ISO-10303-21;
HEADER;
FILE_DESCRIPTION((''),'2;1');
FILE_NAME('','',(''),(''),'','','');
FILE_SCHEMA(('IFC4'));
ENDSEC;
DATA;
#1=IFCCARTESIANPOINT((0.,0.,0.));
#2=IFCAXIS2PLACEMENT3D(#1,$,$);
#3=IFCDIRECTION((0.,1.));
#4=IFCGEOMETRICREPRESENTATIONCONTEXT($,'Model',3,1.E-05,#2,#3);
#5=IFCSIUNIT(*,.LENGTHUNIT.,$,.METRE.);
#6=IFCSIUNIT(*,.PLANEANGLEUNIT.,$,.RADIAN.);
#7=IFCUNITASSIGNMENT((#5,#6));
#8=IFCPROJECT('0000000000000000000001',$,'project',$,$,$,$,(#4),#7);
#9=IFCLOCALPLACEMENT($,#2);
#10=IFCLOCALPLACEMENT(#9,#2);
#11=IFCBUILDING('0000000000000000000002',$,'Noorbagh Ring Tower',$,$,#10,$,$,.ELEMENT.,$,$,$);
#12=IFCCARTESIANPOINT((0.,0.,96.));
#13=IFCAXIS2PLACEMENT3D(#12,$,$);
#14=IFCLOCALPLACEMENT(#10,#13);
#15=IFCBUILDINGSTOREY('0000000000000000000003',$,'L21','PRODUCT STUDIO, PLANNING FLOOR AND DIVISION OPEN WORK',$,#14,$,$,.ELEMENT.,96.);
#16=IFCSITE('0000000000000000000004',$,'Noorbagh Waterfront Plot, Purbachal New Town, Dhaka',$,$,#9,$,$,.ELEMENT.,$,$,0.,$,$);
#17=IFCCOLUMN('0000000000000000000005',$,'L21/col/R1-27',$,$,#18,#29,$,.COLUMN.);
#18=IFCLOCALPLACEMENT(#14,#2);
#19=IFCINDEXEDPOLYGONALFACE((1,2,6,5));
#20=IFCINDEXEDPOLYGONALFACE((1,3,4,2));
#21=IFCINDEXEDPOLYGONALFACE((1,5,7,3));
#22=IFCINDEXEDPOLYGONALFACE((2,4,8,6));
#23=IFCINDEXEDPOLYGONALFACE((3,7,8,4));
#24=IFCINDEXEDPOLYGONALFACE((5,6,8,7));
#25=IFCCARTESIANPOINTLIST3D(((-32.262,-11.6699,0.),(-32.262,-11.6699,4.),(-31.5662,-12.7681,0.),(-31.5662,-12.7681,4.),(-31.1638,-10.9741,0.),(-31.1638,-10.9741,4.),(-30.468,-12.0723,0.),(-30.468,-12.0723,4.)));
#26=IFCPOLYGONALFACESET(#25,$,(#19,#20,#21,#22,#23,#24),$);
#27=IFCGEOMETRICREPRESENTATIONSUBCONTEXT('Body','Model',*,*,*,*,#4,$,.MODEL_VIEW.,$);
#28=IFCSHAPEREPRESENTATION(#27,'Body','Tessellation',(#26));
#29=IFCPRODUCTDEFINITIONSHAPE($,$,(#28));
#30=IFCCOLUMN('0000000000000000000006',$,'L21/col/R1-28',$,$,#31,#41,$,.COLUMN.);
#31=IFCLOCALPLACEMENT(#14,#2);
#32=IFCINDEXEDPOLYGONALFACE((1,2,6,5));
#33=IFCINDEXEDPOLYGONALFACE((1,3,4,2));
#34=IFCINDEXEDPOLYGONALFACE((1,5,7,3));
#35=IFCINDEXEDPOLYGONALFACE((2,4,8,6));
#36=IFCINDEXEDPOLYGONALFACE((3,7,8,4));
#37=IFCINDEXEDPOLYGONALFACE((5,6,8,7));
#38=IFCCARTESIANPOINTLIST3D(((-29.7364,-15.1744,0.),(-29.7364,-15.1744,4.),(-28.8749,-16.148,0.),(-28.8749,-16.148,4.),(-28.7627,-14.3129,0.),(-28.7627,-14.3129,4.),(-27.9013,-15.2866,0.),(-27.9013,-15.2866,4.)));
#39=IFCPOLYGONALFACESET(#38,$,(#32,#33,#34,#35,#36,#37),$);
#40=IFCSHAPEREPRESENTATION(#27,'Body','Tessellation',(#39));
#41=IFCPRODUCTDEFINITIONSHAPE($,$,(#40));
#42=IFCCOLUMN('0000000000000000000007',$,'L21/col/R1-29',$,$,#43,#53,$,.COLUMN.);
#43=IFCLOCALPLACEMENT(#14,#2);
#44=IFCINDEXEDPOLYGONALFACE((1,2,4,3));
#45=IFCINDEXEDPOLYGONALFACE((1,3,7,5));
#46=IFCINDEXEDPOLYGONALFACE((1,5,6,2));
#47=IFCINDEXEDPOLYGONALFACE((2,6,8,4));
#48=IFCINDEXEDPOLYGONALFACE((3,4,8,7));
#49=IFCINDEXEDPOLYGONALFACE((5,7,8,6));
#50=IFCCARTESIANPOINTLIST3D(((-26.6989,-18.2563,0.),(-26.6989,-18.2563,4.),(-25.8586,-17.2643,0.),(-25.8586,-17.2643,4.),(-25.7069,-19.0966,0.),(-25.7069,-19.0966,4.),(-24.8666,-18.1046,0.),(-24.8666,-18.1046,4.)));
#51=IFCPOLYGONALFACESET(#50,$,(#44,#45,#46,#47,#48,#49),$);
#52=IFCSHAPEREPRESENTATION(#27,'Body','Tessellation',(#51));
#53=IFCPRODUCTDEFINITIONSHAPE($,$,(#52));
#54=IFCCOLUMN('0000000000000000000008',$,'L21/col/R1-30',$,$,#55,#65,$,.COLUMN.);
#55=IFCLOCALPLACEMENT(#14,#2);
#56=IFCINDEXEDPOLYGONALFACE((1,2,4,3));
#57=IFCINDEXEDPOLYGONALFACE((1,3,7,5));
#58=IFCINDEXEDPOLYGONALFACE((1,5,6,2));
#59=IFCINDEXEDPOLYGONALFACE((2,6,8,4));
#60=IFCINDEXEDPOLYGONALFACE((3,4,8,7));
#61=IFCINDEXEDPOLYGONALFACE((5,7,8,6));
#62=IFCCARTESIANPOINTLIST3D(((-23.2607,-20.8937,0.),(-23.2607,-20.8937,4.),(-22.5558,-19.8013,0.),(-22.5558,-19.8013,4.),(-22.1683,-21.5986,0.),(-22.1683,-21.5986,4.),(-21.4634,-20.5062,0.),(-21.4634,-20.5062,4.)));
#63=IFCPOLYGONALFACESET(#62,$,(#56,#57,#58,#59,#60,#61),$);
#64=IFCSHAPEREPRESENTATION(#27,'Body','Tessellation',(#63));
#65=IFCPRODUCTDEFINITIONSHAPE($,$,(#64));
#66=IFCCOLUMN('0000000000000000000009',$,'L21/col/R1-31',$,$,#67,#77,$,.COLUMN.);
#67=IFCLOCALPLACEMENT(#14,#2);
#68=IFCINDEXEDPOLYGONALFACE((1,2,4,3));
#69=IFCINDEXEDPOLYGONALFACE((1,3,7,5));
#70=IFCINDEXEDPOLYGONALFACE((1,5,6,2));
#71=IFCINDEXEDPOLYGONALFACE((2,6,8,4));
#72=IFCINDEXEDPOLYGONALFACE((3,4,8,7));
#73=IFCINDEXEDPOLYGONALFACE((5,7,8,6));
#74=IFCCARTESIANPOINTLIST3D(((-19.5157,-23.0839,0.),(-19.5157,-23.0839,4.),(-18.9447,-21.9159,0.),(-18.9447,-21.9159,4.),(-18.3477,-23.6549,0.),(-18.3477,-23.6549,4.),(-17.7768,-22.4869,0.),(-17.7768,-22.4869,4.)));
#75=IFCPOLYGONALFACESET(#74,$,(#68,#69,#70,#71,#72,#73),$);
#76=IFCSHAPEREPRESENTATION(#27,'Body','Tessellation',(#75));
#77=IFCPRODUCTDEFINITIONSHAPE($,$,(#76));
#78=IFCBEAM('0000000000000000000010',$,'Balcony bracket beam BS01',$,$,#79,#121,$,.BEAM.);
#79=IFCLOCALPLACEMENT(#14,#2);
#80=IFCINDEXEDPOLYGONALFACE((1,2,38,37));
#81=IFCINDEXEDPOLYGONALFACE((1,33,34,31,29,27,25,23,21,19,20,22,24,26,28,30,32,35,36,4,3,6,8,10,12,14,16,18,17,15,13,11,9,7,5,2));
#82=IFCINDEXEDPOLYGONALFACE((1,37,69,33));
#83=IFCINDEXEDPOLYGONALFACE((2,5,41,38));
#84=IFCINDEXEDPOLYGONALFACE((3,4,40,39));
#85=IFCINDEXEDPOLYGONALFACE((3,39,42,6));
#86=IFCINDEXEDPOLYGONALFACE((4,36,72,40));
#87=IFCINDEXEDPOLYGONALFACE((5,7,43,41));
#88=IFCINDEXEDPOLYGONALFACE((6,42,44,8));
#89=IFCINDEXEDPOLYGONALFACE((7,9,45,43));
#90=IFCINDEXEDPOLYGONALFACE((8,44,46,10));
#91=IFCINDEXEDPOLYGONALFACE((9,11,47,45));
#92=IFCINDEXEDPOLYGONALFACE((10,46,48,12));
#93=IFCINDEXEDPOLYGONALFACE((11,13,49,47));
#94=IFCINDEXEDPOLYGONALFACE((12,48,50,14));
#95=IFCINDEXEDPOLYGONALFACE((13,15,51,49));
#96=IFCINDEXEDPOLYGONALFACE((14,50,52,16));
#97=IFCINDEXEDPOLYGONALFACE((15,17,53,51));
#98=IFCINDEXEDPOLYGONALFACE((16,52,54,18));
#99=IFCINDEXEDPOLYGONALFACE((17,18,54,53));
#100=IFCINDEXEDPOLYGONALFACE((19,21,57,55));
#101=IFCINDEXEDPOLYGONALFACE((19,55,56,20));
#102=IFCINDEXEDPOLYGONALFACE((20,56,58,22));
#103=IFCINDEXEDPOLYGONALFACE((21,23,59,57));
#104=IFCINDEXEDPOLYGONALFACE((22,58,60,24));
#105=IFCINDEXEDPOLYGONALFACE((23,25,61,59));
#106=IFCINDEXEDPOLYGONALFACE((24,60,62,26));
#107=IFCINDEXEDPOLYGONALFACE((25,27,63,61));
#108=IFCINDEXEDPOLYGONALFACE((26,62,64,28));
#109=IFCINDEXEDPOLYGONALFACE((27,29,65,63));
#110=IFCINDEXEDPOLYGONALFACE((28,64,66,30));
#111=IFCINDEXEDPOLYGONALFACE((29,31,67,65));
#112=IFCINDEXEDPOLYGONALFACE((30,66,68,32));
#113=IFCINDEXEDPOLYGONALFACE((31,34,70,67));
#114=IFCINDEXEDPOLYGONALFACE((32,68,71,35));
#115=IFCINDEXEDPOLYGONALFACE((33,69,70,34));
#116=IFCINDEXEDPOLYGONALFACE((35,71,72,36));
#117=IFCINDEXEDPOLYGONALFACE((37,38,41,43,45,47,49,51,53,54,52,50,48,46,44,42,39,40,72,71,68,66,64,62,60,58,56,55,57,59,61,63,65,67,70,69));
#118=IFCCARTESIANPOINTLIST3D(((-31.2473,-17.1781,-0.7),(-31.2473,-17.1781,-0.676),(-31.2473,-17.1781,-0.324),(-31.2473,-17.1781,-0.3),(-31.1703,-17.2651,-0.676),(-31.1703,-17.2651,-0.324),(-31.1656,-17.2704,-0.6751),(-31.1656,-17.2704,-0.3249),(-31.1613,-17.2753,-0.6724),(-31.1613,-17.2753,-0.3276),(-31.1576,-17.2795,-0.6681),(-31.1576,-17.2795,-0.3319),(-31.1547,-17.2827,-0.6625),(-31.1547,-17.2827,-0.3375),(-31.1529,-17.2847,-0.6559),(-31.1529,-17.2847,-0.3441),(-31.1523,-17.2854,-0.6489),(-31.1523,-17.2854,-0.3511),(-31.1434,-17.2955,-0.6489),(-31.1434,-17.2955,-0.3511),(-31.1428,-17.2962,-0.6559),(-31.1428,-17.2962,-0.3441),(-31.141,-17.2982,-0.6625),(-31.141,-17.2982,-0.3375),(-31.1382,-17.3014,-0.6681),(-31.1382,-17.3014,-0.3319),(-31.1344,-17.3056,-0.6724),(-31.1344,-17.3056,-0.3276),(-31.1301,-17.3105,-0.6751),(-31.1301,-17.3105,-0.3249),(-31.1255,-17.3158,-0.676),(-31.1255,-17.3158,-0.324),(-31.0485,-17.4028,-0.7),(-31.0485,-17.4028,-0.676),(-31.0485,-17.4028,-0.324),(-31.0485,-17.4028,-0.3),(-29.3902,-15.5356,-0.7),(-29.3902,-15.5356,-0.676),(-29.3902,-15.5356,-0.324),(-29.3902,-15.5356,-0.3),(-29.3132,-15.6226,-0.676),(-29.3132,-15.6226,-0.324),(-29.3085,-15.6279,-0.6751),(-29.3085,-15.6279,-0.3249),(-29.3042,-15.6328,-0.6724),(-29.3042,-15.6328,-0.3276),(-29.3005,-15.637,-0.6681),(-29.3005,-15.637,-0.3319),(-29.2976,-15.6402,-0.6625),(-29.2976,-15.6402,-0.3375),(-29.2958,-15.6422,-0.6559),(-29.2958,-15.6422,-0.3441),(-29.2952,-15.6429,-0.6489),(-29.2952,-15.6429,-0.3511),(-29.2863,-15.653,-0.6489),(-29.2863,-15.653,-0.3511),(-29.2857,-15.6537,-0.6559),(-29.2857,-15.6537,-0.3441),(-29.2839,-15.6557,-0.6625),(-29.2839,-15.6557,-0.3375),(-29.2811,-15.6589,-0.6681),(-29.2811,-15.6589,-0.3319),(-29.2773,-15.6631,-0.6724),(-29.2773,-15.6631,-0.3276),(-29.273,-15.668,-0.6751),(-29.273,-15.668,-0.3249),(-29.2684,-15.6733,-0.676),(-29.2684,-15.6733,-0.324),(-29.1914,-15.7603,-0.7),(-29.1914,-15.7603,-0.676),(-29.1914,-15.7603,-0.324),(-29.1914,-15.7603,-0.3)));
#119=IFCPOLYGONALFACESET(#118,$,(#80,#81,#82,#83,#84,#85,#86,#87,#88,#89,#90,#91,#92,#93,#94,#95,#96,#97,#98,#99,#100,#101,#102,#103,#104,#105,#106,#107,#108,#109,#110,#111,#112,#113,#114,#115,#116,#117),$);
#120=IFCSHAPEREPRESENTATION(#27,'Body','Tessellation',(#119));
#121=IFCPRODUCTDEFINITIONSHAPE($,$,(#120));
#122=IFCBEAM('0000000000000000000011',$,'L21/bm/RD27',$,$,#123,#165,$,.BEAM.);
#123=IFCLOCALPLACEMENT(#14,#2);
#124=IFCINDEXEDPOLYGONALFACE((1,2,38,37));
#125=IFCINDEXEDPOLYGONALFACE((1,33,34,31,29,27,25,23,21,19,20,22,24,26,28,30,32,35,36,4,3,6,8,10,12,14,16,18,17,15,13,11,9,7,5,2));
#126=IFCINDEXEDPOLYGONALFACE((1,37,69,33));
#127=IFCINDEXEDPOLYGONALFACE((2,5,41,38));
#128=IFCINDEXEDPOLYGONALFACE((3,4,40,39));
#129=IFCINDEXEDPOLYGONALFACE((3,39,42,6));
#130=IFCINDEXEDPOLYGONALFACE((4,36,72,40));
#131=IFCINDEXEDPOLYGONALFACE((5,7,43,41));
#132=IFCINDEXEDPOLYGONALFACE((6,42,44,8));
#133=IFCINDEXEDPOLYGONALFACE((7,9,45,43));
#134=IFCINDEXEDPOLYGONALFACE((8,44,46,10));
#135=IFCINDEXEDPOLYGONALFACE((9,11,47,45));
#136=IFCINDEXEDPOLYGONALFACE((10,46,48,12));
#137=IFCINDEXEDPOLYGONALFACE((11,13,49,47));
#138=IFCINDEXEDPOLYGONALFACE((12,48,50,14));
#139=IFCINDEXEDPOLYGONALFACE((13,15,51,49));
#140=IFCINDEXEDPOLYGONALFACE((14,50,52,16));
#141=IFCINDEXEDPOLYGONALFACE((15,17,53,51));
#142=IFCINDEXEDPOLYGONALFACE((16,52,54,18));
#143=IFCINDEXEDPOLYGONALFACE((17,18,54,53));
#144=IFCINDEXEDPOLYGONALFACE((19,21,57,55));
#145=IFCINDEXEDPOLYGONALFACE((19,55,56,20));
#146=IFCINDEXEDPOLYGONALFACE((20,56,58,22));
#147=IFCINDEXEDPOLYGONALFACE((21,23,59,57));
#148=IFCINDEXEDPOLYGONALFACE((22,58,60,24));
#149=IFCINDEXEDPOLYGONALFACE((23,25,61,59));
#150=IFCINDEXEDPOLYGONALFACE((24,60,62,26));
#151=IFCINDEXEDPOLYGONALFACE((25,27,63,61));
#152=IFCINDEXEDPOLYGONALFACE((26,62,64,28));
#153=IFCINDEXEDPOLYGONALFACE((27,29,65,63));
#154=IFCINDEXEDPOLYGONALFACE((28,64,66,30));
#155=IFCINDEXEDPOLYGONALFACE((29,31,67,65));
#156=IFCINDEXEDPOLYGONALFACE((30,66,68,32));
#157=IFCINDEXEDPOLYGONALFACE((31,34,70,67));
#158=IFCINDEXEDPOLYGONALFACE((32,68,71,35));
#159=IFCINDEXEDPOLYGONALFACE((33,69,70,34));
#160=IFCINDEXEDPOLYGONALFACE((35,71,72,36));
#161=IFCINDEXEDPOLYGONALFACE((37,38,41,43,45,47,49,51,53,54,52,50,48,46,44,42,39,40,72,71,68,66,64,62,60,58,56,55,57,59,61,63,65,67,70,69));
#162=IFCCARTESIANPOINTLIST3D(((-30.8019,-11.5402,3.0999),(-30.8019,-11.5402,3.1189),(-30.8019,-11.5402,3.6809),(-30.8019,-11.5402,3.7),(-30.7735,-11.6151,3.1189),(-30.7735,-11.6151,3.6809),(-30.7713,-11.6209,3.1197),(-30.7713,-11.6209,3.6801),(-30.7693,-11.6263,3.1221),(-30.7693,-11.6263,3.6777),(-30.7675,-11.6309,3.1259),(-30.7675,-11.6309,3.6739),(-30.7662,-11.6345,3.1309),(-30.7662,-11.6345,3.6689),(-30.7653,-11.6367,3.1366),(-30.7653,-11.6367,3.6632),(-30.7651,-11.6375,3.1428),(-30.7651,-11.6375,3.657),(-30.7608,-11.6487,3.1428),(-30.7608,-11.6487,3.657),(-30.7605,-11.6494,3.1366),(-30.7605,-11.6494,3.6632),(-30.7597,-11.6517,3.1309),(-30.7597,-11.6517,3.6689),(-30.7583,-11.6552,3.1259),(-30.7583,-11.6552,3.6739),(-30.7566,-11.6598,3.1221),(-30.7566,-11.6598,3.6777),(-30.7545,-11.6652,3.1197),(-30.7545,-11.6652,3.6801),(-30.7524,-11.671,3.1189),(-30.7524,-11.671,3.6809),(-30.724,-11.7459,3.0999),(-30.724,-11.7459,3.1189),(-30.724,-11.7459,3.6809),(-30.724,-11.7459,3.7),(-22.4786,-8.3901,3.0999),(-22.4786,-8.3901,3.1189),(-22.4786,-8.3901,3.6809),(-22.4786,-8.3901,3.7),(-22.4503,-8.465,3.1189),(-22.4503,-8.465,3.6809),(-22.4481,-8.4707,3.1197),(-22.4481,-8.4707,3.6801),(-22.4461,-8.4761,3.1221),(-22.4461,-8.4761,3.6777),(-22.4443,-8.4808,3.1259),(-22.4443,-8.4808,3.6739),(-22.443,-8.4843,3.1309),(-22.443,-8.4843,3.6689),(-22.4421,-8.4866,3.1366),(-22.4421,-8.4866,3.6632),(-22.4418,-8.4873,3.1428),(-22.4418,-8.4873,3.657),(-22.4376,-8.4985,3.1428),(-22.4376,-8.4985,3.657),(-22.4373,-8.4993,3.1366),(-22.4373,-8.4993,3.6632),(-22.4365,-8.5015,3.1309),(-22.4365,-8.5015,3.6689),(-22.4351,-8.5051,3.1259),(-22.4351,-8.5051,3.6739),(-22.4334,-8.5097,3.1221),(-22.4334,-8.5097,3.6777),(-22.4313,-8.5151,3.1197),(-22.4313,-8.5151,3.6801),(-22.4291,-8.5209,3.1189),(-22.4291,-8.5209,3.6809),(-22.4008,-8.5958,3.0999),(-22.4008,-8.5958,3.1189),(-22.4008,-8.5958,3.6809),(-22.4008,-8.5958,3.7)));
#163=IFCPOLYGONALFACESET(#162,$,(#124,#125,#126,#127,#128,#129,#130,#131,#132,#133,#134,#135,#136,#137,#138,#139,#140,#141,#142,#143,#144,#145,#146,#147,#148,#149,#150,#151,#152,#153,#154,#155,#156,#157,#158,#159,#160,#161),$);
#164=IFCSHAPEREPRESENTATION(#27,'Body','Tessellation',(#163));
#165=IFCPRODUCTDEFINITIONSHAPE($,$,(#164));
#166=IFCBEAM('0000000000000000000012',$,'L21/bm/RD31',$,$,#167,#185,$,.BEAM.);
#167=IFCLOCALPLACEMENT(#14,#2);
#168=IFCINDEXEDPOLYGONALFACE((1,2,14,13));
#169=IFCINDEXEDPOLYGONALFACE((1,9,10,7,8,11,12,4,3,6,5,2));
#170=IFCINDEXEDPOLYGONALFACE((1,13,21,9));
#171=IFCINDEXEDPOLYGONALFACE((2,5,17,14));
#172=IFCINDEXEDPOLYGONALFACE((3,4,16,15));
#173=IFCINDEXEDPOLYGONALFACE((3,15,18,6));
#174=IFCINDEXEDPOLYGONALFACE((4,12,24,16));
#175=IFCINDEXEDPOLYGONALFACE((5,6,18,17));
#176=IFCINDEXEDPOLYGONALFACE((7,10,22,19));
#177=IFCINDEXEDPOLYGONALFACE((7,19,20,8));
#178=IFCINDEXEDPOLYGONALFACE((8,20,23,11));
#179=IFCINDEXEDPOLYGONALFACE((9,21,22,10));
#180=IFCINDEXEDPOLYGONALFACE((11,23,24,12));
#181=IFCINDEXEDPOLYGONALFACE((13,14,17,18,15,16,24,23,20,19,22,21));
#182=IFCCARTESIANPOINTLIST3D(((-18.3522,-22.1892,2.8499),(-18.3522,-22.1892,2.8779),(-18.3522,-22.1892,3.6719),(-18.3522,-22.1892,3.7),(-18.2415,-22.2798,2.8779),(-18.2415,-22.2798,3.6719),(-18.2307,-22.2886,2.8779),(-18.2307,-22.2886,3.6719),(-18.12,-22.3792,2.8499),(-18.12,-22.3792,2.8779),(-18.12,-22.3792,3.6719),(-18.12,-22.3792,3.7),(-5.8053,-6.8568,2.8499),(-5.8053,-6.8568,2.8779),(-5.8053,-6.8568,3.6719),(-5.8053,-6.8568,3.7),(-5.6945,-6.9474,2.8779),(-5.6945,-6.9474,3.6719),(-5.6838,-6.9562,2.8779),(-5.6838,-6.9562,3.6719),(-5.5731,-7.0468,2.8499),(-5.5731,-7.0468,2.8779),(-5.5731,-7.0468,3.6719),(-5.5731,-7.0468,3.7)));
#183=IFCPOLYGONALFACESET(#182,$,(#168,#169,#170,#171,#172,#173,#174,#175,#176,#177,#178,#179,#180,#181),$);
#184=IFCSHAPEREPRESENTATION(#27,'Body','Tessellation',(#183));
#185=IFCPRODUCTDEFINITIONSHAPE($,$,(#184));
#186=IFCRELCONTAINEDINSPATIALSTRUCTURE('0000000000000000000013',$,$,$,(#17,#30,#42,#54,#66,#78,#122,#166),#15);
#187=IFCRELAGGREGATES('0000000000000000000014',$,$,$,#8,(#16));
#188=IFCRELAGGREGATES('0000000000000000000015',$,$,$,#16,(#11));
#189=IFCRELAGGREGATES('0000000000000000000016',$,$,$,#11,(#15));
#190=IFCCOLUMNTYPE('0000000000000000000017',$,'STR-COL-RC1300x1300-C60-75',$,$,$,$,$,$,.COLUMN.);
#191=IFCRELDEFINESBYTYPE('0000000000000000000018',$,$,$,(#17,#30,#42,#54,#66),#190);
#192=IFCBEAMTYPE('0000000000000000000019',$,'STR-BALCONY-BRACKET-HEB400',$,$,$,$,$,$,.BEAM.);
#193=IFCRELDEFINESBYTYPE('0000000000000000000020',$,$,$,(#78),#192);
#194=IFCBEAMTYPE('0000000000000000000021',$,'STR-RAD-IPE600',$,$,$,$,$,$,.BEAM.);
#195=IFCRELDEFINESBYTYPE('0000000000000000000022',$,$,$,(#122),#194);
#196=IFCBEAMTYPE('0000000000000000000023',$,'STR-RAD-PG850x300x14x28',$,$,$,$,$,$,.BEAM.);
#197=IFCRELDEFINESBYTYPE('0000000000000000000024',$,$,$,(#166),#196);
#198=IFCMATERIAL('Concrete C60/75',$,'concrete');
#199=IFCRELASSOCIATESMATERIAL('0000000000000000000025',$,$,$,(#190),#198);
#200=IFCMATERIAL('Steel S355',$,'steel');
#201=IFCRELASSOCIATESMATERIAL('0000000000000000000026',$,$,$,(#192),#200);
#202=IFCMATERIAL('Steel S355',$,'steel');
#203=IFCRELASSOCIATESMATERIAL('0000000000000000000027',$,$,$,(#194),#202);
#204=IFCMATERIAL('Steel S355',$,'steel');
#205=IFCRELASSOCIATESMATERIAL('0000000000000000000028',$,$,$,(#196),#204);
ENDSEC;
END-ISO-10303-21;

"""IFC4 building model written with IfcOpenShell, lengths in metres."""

from ifc_helpers import new_model, si_unit, direction, frame, origin, origin_2d, place, context, subcontext, project, spatial, rectangle, i_section, extrude, material, material_profile, profile_set, type_object, element, save


model = new_model("IFC4")

# Units and contexts
model_context = context("Model", 3, precision=1e-05, world=origin(), true_north=direction((0.0, 1.0)))
body_context = subcontext(model_context, "Body", "Model", "MODEL_VIEW")
ifc_project = project(units=[si_unit("LENGTHUNIT", "METRE"), si_unit("PLANEANGLEUNIT", "RADIAN")], contexts=[model_context])

# Site, building, storey
site_placement = place(None, origin())
site = spatial("IfcSite", under=ifc_project, at=site_placement, Name="Noorbagh Waterfront Plot, Purbachal New Town, Dhaka", CompositionType="ELEMENT", RefElevation=0.0)
building_placement = place(site_placement, origin())
building = spatial("IfcBuilding", under=site, at=building_placement, Name="Noorbagh Ring Tower", CompositionType="ELEMENT")
storey_placement = place(building_placement, frame((0.0, 0.0, 96.0)))
storey = spatial("IfcBuildingStorey", under=building, at=storey_placement, Name="L21", Description="PRODUCT STUDIO, PLANNING FLOOR AND DIVISION OPEN WORK", CompositionType="ELEMENT", Elevation=96.0)

# Columns
ifc_material_1 = material(Name="Concrete C60/75", Category="concrete")
ifc_material_profile_1 = material_profile(ifc_material_1, rectangle(XDim=1.3, YDim=1.3, at=origin_2d()), Name="RC1300x1300")
ifc_profile_set_1 = profile_set([ifc_material_profile_1], Name="Concrete C60/75")
column_type = type_object("IfcColumnType", Name="STR-COL-RC1300x1300-C60-75", PredefinedType="COLUMN", material=ifc_profile_set_1)
for number, where, z_axis, x_axis, name in (
    (1, (-31.365, -11.8711, 0.0), (0.0, 0.0, 1.0), (0.53519, -0.844731, 0.0), "L21/col/R1-27"),
    (2, (-28.8188, -15.2305, 0.0), (0.0, 0.0, 1.0), (0.662636, -0.748942, 0.0), "L21/col/R1-28"),
    (3, (-25.7827, -18.1804, 0.0), (0.0, 0.0, 1.0), (0.763035, -0.646357, 0.0), "L21/col/R1-29"),
    (4, (-22.3621, -20.7, 0.0), (0.0, 0.0, 1.0), (0.840248, -0.542203, 0.0), "L21/col/R1-30"),
    (5, (-18.6462, -22.7854, 0.0), (0.0, 0.0, 1.0), (0.898399, -0.43918, 0.0), "L21/col/R1-31"),
):
    element("IfcColumn", number, at=place(storey_placement, frame(where, z_axis=z_axis, x_axis=x_axis)), inside=storey, type_object=column_type, Name=name, PredefinedType="COLUMN", context=body_context, shape_type="SweptSolid", body=[
        extrude(rectangle(XDim=1.3, YDim=1.3, at=origin_2d()), origin(), (0.0, 0.0, 1.0), 4.0),
    ])

# Beams
ifc_material_2 = material(Name="Steel S355", Category="steel")
ifc_material_profile_2 = material_profile(ifc_material_2, i_section(OverallWidth=0.3, OverallDepth=0.3999, WebThickness=0.0134, FlangeThickness=0.0239, FilletRadius=0.0271, at=origin_2d()), Name="HEB400")
ifc_profile_set_2 = profile_set([ifc_material_profile_2], Name="Steel S355")
beam_type_1 = type_object("IfcBeamType", Name="STR-BALCONY-BRACKET-HEB400", PredefinedType="BEAM", material=ifc_profile_set_2)
beam_1_placement = place(storey_placement, frame((-29.2908, -15.6479, -0.5), z_axis=(-0.749059, -0.662504, 0.0), x_axis=(0.662504, -0.749059, 0.0)))
element("IfcBeam", 6, at=beam_1_placement, inside=storey, type_object=beam_type_1, Name="Balcony bracket beam BS01", PredefinedType="BEAM", context=body_context, shape_type="SweptSolid", body=[
    extrude(i_section(OverallWidth=0.3, OverallDepth=0.3999, WebThickness=0.0134, FlangeThickness=0.0239, FilletRadius=0.0271, at=origin_2d()), origin(), (0.0, 0.0, 1.0), 2.4792),
])
ifc_material_3 = material(Name="Steel S355", Category="steel")
ifc_material_profile_3 = material_profile(ifc_material_3, i_section(OverallWidth=0.22, OverallDepth=0.6001, WebThickness=0.012, FlangeThickness=0.019, FilletRadius=0.0239, at=origin_2d()), Name="IPE600")
ifc_profile_set_3 = profile_set([ifc_material_profile_3], Name="Steel S355")
beam_type_2 = type_object("IfcBeamType", Name="STR-RAD-IPE600", PredefinedType="BEAM", material=ifc_profile_set_3)
beam_2_placement = place(storey_placement, frame((-30.7629, -11.6431, 3.3999), z_axis=(0.935256, 0.353972, 0.0), x_axis=(-0.353972, 0.935256, 0.0)))
element("IfcBeam", 7, at=beam_2_placement, inside=storey, type_object=beam_type_2, Name="L21/bm/RD27", PredefinedType="BEAM", context=body_context, shape_type="SweptSolid", body=[
    extrude(i_section(OverallWidth=0.22, OverallDepth=0.6001, WebThickness=0.012, FlangeThickness=0.019, FilletRadius=0.0239, at=origin_2d()), origin(), (0.0, 0.0, 1.0), 8.8994),
])
ifc_material_4 = material(Name="Steel S355", Category="steel")
ifc_material_profile_4 = material_profile(ifc_material_4, i_section(OverallWidth=0.3, OverallDepth=0.8501, WebThickness=0.0139, FlangeThickness=0.0281, at=origin_2d()), Name="PG850x300x14x28")
ifc_profile_set_4 = profile_set([ifc_material_profile_4], Name="Steel S355")
beam_type_3 = type_object("IfcBeamType", Name="STR-RAD-PG850x300x14x28", PredefinedType="BEAM", material=ifc_profile_set_4)
beam_3_placement = place(storey_placement, frame((-18.2361, -22.2842, 3.2749), z_axis=(0.633307, 0.773901, 0.0), x_axis=(-0.773901, 0.633307, 0.0)))
element("IfcBeam", 8, at=beam_3_placement, inside=storey, type_object=beam_type_3, Name="L21/bm/RD31", PredefinedType="BEAM", context=body_context, shape_type="SweptSolid", body=[
    extrude(i_section(OverallWidth=0.3, OverallDepth=0.8501, WebThickness=0.0139, FlangeThickness=0.0281, at=origin_2d()), origin(), (0.0, 0.0, 1.0), 19.8118),
])

save(model, "model.ifc")
